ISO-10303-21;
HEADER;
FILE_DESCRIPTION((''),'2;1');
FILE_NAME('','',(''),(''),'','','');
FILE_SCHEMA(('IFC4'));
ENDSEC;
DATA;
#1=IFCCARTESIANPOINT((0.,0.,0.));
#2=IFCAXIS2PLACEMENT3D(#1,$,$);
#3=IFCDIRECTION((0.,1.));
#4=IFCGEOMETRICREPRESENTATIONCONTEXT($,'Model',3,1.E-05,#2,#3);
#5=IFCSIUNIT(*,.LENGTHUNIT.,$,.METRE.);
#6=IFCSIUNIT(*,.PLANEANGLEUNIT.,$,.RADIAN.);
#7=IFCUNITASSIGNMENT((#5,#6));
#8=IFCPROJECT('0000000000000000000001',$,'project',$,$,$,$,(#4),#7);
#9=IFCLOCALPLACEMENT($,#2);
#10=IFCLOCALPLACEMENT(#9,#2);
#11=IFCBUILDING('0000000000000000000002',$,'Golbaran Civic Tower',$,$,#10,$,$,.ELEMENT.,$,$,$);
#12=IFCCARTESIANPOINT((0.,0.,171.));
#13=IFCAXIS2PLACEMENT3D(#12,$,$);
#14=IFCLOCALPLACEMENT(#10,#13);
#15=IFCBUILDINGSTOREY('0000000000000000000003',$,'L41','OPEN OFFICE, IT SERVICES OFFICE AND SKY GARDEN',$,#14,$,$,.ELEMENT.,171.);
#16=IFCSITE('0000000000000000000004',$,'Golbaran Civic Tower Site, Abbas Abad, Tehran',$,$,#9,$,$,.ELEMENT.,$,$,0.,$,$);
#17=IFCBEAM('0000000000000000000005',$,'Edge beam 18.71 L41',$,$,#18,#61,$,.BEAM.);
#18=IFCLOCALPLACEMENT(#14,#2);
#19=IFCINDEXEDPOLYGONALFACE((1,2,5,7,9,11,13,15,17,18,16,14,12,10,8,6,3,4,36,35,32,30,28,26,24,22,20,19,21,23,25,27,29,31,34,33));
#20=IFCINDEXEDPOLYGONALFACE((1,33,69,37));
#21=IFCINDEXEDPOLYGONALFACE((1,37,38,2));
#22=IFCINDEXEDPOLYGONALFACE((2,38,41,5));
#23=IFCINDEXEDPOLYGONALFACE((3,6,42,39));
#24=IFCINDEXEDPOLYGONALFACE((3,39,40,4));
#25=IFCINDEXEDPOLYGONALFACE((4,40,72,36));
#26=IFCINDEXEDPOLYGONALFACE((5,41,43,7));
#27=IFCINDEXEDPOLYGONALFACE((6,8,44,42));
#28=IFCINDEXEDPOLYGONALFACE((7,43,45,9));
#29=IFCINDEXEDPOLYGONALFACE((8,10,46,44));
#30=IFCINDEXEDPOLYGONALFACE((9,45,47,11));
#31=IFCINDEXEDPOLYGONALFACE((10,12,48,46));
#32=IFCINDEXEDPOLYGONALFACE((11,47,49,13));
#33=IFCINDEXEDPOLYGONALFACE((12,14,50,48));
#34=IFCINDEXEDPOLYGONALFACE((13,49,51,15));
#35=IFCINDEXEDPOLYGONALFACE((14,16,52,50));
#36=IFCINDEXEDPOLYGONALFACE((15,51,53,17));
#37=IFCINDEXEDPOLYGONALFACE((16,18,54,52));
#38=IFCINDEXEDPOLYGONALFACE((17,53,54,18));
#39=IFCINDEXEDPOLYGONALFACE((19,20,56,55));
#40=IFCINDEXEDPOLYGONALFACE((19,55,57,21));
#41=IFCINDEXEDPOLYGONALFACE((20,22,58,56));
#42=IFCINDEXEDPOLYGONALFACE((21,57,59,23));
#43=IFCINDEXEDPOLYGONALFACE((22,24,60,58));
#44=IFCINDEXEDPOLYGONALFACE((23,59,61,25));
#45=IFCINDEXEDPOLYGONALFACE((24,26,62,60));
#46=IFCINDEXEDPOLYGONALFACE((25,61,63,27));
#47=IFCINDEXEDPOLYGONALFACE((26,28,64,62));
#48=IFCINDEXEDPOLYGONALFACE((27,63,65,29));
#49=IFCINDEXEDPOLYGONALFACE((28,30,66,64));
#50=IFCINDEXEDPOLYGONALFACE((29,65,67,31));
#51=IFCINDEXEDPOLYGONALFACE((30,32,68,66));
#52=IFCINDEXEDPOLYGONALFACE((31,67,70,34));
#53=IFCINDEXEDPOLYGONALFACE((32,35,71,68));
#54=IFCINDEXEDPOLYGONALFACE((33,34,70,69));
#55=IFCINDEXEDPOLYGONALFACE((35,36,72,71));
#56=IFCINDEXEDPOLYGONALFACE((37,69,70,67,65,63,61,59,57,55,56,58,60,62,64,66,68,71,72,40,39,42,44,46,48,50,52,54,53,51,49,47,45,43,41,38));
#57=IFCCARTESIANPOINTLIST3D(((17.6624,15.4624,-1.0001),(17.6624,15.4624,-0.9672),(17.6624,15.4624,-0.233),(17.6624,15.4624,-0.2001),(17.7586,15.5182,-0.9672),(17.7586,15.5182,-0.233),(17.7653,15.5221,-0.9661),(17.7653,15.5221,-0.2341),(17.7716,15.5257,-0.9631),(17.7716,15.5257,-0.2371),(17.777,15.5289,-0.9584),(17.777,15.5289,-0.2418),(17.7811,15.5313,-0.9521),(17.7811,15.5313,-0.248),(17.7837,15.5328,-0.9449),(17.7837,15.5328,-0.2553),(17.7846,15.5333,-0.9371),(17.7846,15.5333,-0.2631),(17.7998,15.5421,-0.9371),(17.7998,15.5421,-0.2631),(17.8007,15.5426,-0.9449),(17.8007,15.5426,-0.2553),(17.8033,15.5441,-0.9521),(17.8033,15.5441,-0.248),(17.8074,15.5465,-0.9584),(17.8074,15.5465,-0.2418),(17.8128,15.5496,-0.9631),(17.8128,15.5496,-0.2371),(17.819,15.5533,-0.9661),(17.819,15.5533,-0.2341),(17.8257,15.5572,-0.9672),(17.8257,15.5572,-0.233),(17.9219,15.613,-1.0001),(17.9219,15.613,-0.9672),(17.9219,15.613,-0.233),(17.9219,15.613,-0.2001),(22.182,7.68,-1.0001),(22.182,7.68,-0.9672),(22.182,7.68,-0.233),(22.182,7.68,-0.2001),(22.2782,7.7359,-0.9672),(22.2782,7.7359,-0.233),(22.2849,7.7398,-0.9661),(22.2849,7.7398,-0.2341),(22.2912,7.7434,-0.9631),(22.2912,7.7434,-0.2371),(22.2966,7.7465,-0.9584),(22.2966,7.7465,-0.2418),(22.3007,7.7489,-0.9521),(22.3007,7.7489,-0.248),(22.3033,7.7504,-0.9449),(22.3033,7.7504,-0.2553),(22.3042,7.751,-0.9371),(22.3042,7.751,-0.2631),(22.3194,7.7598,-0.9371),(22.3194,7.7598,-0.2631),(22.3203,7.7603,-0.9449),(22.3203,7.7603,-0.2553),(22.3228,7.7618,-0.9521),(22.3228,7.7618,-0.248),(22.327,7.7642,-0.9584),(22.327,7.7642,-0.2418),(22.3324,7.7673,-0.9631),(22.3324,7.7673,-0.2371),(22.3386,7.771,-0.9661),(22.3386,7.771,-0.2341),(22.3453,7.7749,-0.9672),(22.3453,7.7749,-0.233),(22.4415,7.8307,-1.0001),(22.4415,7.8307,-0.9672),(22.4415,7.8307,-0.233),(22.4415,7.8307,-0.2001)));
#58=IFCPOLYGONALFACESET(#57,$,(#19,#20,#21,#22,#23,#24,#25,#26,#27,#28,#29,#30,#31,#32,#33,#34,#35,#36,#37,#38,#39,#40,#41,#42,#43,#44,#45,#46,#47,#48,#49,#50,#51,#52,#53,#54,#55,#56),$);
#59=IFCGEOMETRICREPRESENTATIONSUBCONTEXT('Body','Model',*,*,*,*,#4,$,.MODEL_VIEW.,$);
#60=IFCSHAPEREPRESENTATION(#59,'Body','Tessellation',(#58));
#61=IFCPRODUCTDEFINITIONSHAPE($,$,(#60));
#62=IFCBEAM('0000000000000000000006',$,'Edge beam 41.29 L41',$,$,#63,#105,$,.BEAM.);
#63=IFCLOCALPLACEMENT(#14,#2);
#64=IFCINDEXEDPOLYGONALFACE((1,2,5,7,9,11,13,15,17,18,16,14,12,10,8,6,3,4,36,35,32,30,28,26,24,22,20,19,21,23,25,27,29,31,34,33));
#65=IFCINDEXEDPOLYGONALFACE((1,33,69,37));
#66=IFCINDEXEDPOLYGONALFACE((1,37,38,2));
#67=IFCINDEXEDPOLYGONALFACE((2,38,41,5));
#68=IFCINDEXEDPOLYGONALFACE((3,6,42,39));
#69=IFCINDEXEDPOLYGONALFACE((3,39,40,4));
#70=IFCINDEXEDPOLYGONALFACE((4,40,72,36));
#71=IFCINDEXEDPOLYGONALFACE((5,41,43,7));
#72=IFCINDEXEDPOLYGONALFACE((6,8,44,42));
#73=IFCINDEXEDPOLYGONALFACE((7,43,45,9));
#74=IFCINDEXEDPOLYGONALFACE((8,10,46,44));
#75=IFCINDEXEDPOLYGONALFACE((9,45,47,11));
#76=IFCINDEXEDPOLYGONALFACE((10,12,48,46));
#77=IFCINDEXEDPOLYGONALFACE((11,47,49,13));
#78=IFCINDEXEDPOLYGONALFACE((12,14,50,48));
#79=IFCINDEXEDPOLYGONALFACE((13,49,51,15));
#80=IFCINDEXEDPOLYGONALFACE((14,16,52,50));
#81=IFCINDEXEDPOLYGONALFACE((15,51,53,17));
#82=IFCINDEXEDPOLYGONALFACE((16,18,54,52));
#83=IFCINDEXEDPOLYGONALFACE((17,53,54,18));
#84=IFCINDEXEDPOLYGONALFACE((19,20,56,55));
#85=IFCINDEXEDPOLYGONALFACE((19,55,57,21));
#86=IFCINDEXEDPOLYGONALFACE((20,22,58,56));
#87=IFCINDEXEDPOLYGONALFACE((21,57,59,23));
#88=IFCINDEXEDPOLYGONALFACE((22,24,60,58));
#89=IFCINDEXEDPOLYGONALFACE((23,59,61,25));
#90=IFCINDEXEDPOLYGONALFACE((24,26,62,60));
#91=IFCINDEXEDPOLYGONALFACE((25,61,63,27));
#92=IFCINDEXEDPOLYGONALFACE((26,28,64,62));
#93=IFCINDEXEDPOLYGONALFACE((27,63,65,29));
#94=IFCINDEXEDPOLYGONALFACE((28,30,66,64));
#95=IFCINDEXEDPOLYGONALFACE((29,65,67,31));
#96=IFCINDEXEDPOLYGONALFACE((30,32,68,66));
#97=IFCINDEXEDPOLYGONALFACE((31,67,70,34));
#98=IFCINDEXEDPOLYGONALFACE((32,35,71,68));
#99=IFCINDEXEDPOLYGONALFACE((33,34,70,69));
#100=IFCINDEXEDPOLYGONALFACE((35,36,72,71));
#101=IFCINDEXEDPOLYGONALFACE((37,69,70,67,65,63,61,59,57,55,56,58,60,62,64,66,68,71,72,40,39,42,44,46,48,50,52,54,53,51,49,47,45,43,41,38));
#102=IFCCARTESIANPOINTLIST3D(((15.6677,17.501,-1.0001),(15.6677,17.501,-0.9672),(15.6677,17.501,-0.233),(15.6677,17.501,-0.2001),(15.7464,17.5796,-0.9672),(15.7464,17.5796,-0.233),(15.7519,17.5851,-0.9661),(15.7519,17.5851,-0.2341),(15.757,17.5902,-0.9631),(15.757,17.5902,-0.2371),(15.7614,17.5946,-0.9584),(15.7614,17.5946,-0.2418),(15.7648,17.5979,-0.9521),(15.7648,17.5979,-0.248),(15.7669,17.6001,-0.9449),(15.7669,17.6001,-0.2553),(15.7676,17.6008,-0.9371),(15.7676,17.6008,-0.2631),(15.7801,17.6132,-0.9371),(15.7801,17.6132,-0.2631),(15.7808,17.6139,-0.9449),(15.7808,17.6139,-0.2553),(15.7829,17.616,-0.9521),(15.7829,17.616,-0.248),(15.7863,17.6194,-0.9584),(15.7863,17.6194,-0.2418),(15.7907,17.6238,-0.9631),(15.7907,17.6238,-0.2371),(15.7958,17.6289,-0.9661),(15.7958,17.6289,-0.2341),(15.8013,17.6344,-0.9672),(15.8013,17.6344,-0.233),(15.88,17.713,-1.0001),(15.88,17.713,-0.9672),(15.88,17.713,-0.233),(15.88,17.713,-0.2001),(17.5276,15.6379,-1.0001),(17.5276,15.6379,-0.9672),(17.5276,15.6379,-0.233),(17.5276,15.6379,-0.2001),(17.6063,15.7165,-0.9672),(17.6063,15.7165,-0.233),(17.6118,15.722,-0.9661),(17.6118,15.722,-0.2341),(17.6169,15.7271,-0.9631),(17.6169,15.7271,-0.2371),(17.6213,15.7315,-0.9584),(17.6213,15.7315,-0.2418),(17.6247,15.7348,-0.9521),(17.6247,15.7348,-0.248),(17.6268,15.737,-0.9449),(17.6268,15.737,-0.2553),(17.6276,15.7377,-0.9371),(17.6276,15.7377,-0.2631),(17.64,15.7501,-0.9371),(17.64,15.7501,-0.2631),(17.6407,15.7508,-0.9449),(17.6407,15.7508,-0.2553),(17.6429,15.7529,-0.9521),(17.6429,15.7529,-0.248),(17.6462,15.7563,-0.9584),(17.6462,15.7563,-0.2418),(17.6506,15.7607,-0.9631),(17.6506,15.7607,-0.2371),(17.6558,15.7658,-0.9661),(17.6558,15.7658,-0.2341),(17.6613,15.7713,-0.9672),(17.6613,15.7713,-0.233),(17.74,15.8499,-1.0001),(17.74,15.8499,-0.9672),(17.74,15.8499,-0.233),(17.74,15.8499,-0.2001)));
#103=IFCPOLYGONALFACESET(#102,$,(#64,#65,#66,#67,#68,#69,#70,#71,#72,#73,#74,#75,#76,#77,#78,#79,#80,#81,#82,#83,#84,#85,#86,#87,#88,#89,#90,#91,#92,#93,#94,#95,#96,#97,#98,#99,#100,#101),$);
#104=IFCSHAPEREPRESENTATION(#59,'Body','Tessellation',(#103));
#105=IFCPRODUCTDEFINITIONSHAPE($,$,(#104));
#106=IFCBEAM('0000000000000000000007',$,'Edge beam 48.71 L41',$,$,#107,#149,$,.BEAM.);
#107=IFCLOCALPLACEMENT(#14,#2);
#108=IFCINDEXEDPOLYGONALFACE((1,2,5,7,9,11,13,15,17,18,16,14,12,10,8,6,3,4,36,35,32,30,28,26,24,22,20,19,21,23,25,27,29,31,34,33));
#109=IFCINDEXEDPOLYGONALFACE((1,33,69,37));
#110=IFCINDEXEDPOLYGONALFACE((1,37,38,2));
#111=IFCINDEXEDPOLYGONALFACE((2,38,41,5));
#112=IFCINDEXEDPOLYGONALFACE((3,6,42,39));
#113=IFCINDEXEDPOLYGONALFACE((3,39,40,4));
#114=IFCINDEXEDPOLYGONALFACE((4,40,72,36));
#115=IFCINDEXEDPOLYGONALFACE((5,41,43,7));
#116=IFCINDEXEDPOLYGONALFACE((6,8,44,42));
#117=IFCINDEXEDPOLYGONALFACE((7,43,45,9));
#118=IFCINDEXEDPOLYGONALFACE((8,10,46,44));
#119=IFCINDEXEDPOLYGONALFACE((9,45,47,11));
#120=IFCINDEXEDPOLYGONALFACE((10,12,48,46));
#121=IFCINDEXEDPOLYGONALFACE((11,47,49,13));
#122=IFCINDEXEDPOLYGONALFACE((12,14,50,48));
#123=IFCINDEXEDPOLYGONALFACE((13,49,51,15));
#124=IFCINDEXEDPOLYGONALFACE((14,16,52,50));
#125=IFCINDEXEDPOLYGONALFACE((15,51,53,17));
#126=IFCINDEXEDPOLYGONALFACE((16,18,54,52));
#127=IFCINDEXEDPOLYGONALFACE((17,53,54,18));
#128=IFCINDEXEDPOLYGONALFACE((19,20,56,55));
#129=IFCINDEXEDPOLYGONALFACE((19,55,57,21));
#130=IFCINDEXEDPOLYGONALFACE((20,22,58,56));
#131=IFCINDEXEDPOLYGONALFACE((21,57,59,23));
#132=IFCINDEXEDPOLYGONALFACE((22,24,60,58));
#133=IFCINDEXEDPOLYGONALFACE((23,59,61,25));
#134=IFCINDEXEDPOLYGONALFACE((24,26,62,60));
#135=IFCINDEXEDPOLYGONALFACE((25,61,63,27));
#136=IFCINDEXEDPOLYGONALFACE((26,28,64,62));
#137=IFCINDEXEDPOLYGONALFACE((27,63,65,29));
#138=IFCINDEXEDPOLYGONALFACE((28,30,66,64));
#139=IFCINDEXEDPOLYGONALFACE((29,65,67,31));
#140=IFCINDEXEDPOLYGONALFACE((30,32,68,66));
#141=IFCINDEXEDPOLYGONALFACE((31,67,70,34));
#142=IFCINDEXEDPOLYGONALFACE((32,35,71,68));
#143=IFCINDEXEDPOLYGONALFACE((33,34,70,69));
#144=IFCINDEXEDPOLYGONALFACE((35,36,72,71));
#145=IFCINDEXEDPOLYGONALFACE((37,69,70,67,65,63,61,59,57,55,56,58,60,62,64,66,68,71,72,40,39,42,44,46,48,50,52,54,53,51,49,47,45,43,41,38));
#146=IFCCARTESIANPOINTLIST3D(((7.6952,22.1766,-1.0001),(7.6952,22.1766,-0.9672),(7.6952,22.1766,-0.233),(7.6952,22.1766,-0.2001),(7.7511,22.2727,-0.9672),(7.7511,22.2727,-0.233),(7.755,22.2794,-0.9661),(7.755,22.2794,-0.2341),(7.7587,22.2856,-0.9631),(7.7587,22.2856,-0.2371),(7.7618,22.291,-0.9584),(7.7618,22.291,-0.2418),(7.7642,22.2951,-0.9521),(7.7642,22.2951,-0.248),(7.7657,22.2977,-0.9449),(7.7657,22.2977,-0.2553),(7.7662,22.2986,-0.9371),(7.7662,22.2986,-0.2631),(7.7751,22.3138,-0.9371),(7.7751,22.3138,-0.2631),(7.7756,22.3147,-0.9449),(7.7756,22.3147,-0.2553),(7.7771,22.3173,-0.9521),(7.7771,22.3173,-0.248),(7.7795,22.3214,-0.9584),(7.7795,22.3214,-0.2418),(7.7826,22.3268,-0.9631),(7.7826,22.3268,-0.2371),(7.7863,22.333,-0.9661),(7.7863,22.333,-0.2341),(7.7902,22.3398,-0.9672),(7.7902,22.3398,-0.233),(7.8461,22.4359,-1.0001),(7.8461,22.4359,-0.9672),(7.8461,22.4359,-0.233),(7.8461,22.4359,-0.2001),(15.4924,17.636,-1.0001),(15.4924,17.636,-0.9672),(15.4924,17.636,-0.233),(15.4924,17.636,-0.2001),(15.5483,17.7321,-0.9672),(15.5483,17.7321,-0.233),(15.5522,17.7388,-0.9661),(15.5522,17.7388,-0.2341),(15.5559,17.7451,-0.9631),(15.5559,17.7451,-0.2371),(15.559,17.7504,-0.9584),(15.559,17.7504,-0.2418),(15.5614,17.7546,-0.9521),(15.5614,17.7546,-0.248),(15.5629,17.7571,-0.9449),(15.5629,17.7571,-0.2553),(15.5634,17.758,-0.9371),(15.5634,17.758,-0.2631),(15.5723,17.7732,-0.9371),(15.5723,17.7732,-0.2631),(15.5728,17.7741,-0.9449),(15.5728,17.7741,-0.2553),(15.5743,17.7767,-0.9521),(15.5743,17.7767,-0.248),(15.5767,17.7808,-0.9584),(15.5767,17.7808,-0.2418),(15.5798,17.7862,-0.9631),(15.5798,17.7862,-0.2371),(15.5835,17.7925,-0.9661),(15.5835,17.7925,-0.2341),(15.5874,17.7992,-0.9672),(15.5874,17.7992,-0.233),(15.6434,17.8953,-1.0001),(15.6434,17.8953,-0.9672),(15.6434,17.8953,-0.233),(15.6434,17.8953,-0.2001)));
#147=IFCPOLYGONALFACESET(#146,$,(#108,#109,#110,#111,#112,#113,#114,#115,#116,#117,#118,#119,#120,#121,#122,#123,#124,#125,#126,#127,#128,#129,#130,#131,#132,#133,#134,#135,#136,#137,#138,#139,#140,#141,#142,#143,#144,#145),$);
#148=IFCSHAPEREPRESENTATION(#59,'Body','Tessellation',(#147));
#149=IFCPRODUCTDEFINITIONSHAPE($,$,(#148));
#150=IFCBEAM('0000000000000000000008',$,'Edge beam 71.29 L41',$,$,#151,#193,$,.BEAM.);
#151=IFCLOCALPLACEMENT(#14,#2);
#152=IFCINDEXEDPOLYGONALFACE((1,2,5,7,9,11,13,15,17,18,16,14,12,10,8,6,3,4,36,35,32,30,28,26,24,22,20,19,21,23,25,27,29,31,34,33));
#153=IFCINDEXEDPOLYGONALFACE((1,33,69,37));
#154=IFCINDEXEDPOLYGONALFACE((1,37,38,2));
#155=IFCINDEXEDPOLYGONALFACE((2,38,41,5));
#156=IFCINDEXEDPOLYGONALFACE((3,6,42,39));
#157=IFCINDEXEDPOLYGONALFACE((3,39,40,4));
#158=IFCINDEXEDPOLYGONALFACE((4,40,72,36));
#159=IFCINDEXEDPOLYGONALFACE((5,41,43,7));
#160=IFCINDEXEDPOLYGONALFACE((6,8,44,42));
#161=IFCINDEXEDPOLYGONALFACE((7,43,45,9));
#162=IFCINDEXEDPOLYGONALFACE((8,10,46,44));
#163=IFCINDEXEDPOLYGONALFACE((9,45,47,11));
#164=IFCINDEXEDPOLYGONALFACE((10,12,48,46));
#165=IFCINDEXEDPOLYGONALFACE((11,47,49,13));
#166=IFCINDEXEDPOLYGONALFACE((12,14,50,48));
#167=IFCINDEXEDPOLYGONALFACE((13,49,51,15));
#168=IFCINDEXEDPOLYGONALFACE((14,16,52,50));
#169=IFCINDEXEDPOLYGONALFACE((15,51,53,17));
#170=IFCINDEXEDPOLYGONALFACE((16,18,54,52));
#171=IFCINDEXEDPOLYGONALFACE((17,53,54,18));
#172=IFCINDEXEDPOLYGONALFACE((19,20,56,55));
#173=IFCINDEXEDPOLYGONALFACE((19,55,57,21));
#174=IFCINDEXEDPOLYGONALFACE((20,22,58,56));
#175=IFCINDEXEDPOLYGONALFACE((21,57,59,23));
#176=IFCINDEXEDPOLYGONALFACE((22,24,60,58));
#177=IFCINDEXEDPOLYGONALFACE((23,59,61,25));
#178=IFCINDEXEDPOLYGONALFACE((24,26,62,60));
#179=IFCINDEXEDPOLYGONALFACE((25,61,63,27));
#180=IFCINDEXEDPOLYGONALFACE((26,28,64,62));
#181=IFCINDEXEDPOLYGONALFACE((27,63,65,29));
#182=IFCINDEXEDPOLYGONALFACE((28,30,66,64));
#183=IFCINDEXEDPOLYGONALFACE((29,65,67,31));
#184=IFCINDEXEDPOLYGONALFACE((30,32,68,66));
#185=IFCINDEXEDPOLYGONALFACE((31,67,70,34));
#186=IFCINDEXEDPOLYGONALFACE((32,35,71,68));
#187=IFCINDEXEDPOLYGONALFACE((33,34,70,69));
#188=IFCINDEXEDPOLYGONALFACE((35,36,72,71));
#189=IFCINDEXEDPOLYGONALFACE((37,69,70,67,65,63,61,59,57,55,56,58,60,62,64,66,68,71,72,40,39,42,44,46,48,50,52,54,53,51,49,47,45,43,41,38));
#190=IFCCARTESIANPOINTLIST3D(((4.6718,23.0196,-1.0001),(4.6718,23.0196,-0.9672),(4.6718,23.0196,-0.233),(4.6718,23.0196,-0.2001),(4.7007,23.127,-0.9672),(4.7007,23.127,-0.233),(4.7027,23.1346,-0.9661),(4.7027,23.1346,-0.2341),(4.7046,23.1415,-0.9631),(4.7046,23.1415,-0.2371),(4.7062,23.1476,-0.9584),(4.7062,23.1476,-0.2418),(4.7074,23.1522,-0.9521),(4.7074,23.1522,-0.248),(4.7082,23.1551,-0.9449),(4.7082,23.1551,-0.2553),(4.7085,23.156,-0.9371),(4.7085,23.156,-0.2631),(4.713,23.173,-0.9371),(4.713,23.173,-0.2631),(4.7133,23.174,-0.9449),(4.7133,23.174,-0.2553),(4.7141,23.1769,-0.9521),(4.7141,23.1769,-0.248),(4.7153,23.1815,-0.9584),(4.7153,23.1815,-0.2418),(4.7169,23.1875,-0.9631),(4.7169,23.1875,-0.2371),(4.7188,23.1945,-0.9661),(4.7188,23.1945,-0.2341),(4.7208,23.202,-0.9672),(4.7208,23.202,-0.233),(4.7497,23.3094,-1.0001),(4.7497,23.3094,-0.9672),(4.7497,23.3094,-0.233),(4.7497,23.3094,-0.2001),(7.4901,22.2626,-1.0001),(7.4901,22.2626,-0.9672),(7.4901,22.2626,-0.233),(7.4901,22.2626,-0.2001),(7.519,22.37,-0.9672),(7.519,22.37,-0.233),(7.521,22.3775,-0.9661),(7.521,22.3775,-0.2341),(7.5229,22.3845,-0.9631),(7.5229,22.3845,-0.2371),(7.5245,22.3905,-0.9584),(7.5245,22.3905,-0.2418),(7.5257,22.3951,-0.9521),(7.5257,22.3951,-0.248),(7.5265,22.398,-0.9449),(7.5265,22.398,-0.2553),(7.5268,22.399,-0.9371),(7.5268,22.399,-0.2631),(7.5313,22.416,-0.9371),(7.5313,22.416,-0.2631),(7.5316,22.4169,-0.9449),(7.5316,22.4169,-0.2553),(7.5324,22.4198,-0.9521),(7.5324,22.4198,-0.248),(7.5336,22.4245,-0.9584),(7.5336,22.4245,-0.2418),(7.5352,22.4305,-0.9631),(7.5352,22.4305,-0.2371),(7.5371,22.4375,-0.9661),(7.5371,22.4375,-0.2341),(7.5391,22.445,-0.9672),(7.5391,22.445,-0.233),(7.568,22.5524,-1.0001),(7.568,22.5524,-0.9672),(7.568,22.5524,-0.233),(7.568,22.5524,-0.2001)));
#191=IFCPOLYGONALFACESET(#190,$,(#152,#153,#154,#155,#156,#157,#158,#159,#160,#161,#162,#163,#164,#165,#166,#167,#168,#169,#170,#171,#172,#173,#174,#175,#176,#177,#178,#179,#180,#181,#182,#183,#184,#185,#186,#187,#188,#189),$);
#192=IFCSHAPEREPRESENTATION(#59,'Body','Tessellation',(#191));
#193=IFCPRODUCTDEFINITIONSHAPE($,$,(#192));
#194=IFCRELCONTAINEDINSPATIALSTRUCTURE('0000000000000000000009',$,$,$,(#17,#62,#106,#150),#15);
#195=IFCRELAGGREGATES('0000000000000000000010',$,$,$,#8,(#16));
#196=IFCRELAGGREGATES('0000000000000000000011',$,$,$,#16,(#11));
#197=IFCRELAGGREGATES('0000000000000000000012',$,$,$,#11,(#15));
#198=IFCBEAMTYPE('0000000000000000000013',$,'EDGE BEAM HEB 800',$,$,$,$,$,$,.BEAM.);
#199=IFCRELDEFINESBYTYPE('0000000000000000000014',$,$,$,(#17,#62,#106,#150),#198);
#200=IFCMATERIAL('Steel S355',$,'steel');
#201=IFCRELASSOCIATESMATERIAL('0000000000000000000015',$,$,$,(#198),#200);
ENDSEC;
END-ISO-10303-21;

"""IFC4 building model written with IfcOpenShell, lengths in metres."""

from ifc_helpers import new_model, si_unit, direction, frame, origin, origin_2d, place, context, subcontext, project, spatial, i_section, extrude, material, material_profile, profile_set, type_object, element, save


model = new_model("IFC4")

# Units and contexts
model_context = context("Model", 3, precision=1e-05, world=origin(), true_north=direction((0.0, 1.0)))
body_context = subcontext(model_context, "Body", "Model", "MODEL_VIEW")
ifc_project = project(units=[si_unit("LENGTHUNIT", "METRE"), si_unit("PLANEANGLEUNIT", "RADIAN")], contexts=[model_context])

# Site, building, storey
site_placement = place(None, origin())
site = spatial("IfcSite", under=ifc_project, at=site_placement, Name="Golbaran Civic Tower Site, Abbas Abad, Tehran", CompositionType="ELEMENT", RefElevation=0.0)
building_placement = place(site_placement, origin())
building = spatial("IfcBuilding", under=site, at=building_placement, Name="Golbaran Civic Tower", CompositionType="ELEMENT")
storey_placement = place(building_placement, frame((0.0, 0.0, 171.0)))
storey = spatial("IfcBuildingStorey", under=building, at=storey_placement, Name="L41", Description="OPEN OFFICE, IT SERVICES OFFICE AND SKY GARDEN", CompositionType="ELEMENT", Elevation=171.0)

# Beams
ifc_material_1 = material(Name="Steel S355", Category="steel")
ifc_material_profile_1 = material_profile(ifc_material_1, i_section(OverallWidth=0.3, OverallDepth=0.8, WebThickness=0.0176, FlangeThickness=0.033, FilletRadius=0.03, at=origin_2d()), Name="HEB 800")
ifc_profile_set_1 = profile_set([ifc_material_profile_1], Name="Steel S355")
beam_type_1 = type_object("IfcBeamType", Name="EDGE BEAM HEB 800", PredefinedType="BEAM", material=ifc_profile_set_1)
beam_1_placement = place(storey_placement, frame((22.3118, 7.7554, -0.6001), z_axis=(-0.502204, 0.864749, 0.0), x_axis=(-0.864749, -0.502204, 0.0)))
element("IfcBeam", 1, at=beam_1_placement, inside=storey, type_object=beam_type_1, Name="Edge beam 18.71 L41", PredefinedType="BEAM", context=body_context, shape_type="SweptSolid", body=[
    extrude(i_section(OverallWidth=0.3, OverallDepth=0.8, WebThickness=0.0176, FlangeThickness=0.033, FilletRadius=0.03, at=origin_2d()), origin(), (0.0, 0.0, 1.0), 8.9995),
])
beam_2_placement = place(storey_placement, frame((17.6338, 15.7439, -0.6001), z_axis=(-0.706504, 0.707709, 0.0), x_axis=(-0.707709, -0.706504, 0.0)))
element("IfcBeam", 2, at=beam_2_placement, inside=storey, type_object=beam_type_1, Name="Edge beam 41.29 L41", PredefinedType="BEAM", context=body_context, shape_type="SweptSolid", body=[
    extrude(i_section(OverallWidth=0.3, OverallDepth=0.8, WebThickness=0.0176, FlangeThickness=0.033, FilletRadius=0.03, at=origin_2d()), origin(), (0.0, 0.0, 1.0), 2.6326),
])
beam_3_placement = place(storey_placement, frame((15.5679, 17.7656, -0.6001), z_axis=(-0.864155, 0.503227, 0.0), x_axis=(-0.503227, -0.864155, 0.0)))
element("IfcBeam", 3, at=beam_3_placement, inside=storey, type_object=beam_type_1, Name="Edge beam 48.71 L41", PredefinedType="BEAM", context=body_context, shape_type="SweptSolid", body=[
    extrude(i_section(OverallWidth=0.3, OverallDepth=0.8, WebThickness=0.0176, FlangeThickness=0.033, FilletRadius=0.03, at=origin_2d()), origin(), (0.0, 0.0, 1.0), 9.0229),
])
beam_4_placement = place(storey_placement, frame((7.5291, 22.4075, -0.6001), z_axis=(-0.965763, 0.259427, 0.0), x_axis=(-0.259427, -0.965763, 0.0)))
element("IfcBeam", 4, at=beam_4_placement, inside=storey, type_object=beam_type_1, Name="Edge beam 71.29 L41", PredefinedType="BEAM", context=body_context, shape_type="SweptSolid", body=[
    extrude(i_section(OverallWidth=0.3, OverallDepth=0.8, WebThickness=0.0176, FlangeThickness=0.033, FilletRadius=0.03, at=origin_2d()), origin(), (0.0, 0.0, 1.0), 2.9182),
])

save(model, "model.ifc")
